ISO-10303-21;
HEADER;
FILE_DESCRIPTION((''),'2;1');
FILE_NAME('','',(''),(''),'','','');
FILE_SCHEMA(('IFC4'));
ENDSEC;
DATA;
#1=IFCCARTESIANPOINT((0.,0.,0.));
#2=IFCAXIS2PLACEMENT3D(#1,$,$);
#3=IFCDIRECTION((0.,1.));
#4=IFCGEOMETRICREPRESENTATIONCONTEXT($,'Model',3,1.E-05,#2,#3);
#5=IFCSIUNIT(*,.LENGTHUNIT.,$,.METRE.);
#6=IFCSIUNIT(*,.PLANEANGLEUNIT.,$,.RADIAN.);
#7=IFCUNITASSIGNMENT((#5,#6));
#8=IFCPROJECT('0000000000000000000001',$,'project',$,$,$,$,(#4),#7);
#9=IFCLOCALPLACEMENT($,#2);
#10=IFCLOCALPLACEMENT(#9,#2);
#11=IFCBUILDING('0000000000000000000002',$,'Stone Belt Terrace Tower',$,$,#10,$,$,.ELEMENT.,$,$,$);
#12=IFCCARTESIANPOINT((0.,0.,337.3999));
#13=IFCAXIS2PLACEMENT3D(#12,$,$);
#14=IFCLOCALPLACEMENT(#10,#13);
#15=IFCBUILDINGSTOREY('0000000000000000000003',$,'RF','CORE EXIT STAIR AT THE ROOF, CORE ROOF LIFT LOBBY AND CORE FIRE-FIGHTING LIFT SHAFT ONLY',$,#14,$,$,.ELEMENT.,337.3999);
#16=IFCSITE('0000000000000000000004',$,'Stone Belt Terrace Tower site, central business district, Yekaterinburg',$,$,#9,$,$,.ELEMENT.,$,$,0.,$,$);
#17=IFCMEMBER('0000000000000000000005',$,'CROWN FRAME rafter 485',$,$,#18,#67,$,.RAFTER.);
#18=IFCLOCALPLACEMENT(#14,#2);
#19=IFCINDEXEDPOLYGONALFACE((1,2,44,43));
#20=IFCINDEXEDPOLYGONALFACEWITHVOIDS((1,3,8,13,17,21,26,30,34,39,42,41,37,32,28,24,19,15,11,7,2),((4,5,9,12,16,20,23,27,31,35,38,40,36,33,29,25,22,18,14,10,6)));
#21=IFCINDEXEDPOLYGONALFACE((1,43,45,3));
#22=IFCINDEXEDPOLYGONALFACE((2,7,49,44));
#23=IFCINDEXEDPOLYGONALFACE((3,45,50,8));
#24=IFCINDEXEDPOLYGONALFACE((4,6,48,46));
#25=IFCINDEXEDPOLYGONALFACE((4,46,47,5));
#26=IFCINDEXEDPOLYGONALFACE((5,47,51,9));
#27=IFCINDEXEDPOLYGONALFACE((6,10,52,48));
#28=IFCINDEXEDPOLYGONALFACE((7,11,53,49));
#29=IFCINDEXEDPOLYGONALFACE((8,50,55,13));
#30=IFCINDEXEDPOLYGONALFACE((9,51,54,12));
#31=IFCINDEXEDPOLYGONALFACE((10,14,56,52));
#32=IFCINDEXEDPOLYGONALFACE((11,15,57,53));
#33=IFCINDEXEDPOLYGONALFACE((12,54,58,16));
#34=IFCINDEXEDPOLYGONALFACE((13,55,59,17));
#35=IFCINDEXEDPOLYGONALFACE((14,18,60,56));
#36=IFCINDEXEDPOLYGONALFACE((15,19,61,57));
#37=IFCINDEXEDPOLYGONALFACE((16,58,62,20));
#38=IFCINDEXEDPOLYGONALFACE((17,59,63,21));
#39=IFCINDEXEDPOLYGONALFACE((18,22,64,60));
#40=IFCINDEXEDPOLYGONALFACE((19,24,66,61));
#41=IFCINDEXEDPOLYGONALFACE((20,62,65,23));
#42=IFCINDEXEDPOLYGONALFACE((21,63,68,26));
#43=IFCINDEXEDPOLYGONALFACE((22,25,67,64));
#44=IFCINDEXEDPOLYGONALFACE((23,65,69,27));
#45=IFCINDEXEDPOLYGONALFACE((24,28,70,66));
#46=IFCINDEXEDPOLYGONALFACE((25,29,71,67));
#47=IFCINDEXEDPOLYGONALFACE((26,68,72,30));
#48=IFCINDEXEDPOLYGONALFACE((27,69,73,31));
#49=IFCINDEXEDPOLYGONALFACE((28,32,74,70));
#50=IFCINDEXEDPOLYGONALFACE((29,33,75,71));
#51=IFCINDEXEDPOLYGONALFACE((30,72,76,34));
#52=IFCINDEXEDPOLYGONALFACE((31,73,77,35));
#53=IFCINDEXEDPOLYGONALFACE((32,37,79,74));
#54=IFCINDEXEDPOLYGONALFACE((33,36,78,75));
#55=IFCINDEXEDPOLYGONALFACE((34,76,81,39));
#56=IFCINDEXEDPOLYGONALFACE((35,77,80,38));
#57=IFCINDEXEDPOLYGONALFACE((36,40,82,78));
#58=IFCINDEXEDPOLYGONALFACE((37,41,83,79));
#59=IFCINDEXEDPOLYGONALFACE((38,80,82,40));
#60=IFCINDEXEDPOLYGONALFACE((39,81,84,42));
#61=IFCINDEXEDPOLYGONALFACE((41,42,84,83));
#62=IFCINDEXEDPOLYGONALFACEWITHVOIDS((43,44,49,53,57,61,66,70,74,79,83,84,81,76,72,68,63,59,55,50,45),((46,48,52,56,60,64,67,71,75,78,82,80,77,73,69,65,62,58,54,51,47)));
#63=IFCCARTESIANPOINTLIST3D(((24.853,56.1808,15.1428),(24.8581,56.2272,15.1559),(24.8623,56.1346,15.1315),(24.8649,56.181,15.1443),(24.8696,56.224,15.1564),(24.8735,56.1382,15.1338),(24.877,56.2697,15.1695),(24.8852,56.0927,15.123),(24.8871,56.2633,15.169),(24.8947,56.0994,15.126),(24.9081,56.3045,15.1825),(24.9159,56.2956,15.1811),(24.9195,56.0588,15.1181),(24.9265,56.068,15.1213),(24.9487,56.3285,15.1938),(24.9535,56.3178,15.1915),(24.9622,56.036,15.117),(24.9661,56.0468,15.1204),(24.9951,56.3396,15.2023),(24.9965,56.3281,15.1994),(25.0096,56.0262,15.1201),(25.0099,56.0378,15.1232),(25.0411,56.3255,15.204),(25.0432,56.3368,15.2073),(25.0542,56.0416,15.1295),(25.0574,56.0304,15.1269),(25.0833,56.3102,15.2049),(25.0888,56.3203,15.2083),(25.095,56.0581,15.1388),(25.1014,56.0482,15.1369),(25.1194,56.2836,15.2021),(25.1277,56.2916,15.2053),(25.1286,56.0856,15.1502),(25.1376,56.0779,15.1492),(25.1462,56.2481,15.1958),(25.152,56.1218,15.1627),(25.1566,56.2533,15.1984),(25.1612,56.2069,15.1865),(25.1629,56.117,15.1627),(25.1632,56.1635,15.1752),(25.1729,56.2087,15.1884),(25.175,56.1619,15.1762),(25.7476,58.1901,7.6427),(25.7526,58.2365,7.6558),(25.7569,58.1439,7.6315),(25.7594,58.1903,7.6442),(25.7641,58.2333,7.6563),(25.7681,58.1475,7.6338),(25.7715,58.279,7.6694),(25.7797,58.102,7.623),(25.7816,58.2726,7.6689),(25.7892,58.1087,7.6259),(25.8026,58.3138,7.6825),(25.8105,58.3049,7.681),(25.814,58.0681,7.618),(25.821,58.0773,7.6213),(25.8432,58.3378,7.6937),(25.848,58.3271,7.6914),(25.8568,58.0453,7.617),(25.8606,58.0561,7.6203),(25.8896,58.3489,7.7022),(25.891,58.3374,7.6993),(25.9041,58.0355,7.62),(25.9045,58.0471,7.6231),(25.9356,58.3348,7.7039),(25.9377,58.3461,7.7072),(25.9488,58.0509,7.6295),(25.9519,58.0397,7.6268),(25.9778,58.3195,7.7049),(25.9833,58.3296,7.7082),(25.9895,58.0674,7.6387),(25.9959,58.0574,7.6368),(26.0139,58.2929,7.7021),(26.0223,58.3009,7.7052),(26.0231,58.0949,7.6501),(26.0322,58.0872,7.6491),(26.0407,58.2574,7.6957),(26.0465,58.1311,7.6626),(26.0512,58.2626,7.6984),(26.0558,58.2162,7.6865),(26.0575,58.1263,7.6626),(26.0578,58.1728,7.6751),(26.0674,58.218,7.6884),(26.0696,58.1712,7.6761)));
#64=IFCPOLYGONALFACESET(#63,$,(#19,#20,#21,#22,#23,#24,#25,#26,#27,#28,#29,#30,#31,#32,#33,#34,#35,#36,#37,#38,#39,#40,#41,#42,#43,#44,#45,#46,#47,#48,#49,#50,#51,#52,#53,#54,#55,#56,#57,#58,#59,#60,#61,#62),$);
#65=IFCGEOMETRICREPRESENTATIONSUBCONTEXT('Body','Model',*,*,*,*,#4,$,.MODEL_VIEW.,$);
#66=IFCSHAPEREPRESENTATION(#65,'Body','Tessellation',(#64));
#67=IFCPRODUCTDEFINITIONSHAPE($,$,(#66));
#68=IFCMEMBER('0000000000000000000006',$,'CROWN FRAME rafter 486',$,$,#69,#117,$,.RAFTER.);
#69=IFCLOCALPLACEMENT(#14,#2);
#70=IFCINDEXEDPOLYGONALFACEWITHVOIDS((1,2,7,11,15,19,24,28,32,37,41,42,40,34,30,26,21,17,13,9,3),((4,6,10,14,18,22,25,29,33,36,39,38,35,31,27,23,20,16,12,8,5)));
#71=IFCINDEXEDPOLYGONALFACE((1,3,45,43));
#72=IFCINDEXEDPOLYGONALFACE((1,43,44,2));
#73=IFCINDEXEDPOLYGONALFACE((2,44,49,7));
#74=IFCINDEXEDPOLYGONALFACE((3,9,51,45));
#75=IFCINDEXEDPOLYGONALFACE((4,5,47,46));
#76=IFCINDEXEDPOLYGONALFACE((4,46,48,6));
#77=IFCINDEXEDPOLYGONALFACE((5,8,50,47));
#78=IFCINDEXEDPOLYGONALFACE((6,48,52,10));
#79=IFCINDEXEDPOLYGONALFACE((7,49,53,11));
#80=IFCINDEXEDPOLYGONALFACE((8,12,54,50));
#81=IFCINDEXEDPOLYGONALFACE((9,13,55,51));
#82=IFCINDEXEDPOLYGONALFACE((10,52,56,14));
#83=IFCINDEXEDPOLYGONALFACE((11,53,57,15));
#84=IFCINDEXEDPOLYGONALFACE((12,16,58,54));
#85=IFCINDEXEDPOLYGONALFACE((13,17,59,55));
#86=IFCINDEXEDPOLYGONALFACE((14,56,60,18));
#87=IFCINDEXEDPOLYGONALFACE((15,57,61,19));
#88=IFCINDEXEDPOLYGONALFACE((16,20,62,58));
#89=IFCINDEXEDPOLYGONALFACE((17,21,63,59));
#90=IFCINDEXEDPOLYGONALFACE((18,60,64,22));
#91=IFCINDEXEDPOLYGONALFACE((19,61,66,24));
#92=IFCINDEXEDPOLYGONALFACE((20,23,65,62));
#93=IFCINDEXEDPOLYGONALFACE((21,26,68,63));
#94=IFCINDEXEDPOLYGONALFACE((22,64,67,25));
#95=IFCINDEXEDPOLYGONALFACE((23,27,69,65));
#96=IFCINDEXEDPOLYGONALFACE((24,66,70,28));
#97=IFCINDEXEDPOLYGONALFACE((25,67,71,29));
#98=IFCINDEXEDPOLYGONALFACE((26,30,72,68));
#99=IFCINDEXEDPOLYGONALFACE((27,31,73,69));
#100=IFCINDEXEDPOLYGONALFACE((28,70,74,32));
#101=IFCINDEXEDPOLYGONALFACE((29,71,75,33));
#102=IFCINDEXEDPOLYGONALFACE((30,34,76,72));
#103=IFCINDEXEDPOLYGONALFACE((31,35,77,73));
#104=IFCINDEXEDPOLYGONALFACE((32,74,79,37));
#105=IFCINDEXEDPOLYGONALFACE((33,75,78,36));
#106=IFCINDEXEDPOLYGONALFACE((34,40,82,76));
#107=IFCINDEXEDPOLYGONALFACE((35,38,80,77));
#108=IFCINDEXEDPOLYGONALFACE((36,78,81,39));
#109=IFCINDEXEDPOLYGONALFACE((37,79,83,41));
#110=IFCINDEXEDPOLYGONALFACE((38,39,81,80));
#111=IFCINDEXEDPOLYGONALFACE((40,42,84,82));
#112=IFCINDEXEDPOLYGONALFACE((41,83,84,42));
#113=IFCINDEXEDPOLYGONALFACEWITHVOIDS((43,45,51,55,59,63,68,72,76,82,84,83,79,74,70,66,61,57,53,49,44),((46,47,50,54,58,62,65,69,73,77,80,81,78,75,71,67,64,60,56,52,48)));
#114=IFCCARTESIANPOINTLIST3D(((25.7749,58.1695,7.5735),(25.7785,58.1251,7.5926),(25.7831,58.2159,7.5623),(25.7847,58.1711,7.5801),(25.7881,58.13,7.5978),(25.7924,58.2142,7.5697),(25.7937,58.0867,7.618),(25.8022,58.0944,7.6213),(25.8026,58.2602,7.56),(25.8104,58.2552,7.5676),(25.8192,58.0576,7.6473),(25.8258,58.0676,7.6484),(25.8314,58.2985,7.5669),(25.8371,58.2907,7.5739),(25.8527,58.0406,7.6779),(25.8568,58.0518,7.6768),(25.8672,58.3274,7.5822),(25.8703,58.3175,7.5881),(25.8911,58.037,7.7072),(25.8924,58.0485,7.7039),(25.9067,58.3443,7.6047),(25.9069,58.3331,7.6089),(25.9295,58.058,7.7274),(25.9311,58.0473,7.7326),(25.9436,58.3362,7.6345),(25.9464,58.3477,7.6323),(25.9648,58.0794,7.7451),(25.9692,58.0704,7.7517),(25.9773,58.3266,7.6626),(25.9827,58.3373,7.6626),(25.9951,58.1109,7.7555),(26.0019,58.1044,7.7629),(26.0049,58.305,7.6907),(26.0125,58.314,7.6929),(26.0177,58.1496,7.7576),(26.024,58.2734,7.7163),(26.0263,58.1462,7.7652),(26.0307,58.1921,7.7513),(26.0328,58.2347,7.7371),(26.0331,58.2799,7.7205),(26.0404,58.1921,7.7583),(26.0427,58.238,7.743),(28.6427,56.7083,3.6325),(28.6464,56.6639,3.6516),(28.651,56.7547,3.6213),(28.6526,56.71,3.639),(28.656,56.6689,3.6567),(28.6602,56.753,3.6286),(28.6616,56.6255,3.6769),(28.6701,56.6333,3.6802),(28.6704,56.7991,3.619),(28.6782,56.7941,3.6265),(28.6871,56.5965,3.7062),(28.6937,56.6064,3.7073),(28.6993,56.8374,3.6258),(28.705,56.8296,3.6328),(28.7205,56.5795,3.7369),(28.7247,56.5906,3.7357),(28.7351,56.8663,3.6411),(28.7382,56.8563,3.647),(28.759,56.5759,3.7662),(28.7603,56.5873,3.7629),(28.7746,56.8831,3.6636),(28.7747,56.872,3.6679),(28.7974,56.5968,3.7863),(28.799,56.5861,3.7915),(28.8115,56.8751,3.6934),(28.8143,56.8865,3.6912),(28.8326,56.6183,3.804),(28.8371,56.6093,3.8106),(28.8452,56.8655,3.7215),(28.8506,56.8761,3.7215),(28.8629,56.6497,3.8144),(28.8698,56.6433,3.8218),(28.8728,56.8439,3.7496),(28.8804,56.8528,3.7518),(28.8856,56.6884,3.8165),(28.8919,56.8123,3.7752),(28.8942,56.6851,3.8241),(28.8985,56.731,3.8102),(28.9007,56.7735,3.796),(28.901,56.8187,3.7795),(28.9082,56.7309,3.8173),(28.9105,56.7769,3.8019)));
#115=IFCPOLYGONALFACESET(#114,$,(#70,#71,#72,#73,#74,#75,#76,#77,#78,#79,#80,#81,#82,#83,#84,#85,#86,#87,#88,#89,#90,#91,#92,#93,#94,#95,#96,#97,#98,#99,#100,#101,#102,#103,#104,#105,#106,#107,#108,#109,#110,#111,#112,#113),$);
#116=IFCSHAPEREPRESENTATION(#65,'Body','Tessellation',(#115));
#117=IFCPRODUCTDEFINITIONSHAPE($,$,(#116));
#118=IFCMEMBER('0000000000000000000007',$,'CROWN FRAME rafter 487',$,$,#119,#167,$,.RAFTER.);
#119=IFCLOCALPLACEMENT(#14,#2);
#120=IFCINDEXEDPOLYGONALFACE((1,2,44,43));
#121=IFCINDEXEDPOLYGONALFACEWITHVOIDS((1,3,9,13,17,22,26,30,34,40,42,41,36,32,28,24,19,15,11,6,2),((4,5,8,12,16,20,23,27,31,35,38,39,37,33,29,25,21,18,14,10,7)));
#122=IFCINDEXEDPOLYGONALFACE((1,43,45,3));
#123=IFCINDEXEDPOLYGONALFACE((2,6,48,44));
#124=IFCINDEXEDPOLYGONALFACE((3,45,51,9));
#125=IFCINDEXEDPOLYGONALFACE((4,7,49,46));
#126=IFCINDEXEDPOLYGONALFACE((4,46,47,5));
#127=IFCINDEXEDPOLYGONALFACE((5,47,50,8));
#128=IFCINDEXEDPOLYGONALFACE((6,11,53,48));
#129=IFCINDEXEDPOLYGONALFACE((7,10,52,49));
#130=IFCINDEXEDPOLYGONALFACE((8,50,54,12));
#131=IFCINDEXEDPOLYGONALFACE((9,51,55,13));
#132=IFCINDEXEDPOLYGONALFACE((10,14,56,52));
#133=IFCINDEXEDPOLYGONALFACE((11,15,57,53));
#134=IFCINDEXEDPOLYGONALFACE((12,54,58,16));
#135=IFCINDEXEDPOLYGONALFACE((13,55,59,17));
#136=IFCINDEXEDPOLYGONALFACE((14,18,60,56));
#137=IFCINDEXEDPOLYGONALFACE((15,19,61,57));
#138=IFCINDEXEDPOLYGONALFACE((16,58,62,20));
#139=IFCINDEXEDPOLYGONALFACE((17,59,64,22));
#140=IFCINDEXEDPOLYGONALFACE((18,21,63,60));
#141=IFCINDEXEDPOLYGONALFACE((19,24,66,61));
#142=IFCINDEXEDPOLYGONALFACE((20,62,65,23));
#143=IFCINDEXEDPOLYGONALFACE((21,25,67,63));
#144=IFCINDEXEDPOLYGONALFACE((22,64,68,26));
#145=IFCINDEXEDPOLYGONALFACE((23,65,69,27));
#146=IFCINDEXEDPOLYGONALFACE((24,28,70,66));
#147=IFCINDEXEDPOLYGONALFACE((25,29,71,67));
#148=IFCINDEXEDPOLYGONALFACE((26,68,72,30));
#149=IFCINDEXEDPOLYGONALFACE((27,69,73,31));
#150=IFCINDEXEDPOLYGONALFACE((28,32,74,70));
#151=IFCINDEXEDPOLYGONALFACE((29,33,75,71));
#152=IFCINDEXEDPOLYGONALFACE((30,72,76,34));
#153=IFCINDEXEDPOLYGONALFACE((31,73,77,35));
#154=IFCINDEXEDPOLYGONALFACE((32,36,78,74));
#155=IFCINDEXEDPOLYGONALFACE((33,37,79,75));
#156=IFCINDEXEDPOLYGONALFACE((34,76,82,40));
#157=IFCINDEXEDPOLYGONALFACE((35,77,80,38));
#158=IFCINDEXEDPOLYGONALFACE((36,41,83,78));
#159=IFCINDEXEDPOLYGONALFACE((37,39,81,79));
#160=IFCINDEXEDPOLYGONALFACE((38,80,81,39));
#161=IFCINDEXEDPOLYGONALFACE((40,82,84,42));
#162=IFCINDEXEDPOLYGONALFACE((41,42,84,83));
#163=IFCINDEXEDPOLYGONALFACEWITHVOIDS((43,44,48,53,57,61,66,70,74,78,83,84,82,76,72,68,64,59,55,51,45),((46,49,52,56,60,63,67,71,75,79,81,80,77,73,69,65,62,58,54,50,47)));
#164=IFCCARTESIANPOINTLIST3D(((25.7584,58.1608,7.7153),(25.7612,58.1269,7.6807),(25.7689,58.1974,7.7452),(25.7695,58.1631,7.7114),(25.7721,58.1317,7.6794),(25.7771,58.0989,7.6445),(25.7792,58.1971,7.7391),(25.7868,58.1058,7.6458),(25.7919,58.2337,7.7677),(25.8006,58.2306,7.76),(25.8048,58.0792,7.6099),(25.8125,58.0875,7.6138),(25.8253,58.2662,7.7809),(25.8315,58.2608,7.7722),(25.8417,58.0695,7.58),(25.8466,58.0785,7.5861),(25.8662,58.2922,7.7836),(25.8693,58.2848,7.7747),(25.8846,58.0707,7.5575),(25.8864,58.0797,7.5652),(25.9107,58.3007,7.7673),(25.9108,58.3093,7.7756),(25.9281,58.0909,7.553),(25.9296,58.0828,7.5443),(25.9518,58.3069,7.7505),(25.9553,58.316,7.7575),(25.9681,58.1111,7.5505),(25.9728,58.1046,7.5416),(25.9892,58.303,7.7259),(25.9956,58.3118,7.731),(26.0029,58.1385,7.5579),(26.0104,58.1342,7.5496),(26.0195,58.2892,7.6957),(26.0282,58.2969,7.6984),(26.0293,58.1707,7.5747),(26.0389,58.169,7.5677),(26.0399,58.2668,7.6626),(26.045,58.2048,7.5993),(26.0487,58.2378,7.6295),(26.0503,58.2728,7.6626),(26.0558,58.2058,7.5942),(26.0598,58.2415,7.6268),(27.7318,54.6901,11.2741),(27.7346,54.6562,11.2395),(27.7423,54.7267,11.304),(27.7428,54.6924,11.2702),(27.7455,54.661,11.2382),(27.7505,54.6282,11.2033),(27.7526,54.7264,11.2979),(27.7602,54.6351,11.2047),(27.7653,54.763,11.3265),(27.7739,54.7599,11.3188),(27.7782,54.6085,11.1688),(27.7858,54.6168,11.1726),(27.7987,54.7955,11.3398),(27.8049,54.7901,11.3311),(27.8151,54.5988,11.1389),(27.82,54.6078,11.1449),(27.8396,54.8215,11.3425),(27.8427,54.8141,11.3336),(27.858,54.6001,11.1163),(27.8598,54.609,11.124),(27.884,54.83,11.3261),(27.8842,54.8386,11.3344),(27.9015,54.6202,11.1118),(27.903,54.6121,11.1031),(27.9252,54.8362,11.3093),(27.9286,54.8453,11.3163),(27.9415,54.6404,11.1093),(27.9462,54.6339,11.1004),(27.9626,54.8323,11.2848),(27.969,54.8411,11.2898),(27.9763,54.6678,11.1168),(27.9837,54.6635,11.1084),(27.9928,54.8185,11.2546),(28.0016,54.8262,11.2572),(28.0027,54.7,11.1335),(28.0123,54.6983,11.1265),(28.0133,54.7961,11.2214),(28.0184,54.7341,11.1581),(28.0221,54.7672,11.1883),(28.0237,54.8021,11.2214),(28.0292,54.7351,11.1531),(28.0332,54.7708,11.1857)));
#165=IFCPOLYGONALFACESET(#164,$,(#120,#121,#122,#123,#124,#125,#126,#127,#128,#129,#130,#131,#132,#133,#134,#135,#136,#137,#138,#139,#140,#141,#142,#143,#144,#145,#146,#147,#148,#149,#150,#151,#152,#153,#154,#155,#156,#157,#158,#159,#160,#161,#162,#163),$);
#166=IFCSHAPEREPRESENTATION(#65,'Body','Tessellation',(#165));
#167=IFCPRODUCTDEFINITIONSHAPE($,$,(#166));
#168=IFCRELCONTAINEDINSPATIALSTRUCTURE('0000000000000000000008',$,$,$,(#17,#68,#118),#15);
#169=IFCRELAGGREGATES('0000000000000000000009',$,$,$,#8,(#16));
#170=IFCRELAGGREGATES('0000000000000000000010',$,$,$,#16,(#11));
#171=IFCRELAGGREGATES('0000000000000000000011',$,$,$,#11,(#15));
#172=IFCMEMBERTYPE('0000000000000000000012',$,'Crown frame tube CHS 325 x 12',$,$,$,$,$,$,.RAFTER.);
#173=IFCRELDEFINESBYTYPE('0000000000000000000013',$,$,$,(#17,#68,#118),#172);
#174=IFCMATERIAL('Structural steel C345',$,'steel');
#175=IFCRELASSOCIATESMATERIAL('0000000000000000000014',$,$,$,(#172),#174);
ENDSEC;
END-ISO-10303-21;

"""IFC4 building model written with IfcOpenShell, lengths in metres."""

from ifc_helpers import new_model, si_unit, direction, frame, origin, origin_2d, place, context, subcontext, project, spatial, hollow_circle, extrude, material, material_profile, profile_set, type_object, element, save


model = new_model("IFC4")

# Units and contexts
model_context = context("Model", 3, precision=1e-05, world=origin(), true_north=direction((0.0, 1.0)))
body_context = subcontext(model_context, "Body", "Model", "MODEL_VIEW")
ifc_project = project(units=[si_unit("LENGTHUNIT", "METRE"), si_unit("PLANEANGLEUNIT", "RADIAN")], contexts=[model_context])

# Site, building, storey
site_placement = place(None, origin())
site = spatial("IfcSite", under=ifc_project, at=site_placement, Name="Stone Belt Terrace Tower site, central business district, Yekaterinburg", CompositionType="ELEMENT", RefElevation=0.0)
building_placement = place(site_placement, origin())
building = spatial("IfcBuilding", under=site, at=building_placement, Name="Stone Belt Terrace Tower", CompositionType="ELEMENT")
storey_placement = place(building_placement, frame((0.0, 0.0, 337.3999)))
storey = spatial("IfcBuildingStorey", under=building, at=storey_placement, Name="RF", Description="CORE EXIT STAIR AT THE ROOF, CORE ROOF LIFT LOBBY AND CORE FIRE-FIGHTING LIFT SHAFT ONLY", CompositionType="ELEMENT", Elevation=337.3999)

# Members
ifc_material_1 = material(Name="Structural steel C345", Category="steel")
ifc_material_profile_1 = material_profile(ifc_material_1, hollow_circle(Radius=0.1626, WallThickness=0.012, at=origin_2d()), Name="Structural steel C345 CHS 325x12")
ifc_profile_set_1 = profile_set([ifc_material_profile_1], Name="Structural steel C345")
member_type_1 = type_object("IfcMemberType", Name="Crown frame tube CHS 325 x 12", PredefinedType="RAFTER", material=ifc_profile_set_1)
member_1_placement = place(storey_placement, frame((25.9089, 58.1924, 7.6626), z_axis=(-0.114451, -0.257078, 0.95959), x_axis=(0.913555, -0.406715, 0.0)))
element("IfcMember", 1, at=member_1_placement, inside=storey, type_object=member_type_1, Name="CROWN FRAME rafter 485", PredefinedType="RAFTER", context=body_context, shape_type="SweptSolid", body=[
    extrude(hollow_circle(Radius=0.1626, WallThickness=0.012, at=origin_2d()), origin(), (0.0, 0.0, 1.0), 7.8159),
])
member_2_placement = place(storey_placement, frame((25.9089, 58.1924, 7.6626), z_axis=(0.563609, -0.287154, -0.774524), x_axis=(0.453967, 0.891019, 0.0)))
element("IfcMember", 2, at=member_2_placement, inside=storey, type_object=member_type_1, Name="CROWN FRAME rafter 486", PredefinedType="RAFTER", context=body_context, shape_type="SweptSolid", body=[
    extrude(hollow_circle(Radius=0.1626, WallThickness=0.012, at=origin_2d()), origin(), (0.0, 0.0, 1.0), 5.0884),
])
member_3_placement = place(storey_placement, frame((25.9089, 58.1924, 7.6626), z_axis=(0.368968, -0.648924, 0.665402), x_axis=(0.869306, 0.494274, 0.0)))
element("IfcMember", 3, at=member_3_placement, inside=storey, type_object=member_type_1, Name="CROWN FRAME rafter 487", PredefinedType="RAFTER", context=body_context, shape_type="SweptSolid", body=[
    extrude(hollow_circle(Radius=0.1626, WallThickness=0.012, at=origin_2d()), origin(), (0.0, 0.0, 1.0), 5.3484),
])

save(model, "model.ifc")
